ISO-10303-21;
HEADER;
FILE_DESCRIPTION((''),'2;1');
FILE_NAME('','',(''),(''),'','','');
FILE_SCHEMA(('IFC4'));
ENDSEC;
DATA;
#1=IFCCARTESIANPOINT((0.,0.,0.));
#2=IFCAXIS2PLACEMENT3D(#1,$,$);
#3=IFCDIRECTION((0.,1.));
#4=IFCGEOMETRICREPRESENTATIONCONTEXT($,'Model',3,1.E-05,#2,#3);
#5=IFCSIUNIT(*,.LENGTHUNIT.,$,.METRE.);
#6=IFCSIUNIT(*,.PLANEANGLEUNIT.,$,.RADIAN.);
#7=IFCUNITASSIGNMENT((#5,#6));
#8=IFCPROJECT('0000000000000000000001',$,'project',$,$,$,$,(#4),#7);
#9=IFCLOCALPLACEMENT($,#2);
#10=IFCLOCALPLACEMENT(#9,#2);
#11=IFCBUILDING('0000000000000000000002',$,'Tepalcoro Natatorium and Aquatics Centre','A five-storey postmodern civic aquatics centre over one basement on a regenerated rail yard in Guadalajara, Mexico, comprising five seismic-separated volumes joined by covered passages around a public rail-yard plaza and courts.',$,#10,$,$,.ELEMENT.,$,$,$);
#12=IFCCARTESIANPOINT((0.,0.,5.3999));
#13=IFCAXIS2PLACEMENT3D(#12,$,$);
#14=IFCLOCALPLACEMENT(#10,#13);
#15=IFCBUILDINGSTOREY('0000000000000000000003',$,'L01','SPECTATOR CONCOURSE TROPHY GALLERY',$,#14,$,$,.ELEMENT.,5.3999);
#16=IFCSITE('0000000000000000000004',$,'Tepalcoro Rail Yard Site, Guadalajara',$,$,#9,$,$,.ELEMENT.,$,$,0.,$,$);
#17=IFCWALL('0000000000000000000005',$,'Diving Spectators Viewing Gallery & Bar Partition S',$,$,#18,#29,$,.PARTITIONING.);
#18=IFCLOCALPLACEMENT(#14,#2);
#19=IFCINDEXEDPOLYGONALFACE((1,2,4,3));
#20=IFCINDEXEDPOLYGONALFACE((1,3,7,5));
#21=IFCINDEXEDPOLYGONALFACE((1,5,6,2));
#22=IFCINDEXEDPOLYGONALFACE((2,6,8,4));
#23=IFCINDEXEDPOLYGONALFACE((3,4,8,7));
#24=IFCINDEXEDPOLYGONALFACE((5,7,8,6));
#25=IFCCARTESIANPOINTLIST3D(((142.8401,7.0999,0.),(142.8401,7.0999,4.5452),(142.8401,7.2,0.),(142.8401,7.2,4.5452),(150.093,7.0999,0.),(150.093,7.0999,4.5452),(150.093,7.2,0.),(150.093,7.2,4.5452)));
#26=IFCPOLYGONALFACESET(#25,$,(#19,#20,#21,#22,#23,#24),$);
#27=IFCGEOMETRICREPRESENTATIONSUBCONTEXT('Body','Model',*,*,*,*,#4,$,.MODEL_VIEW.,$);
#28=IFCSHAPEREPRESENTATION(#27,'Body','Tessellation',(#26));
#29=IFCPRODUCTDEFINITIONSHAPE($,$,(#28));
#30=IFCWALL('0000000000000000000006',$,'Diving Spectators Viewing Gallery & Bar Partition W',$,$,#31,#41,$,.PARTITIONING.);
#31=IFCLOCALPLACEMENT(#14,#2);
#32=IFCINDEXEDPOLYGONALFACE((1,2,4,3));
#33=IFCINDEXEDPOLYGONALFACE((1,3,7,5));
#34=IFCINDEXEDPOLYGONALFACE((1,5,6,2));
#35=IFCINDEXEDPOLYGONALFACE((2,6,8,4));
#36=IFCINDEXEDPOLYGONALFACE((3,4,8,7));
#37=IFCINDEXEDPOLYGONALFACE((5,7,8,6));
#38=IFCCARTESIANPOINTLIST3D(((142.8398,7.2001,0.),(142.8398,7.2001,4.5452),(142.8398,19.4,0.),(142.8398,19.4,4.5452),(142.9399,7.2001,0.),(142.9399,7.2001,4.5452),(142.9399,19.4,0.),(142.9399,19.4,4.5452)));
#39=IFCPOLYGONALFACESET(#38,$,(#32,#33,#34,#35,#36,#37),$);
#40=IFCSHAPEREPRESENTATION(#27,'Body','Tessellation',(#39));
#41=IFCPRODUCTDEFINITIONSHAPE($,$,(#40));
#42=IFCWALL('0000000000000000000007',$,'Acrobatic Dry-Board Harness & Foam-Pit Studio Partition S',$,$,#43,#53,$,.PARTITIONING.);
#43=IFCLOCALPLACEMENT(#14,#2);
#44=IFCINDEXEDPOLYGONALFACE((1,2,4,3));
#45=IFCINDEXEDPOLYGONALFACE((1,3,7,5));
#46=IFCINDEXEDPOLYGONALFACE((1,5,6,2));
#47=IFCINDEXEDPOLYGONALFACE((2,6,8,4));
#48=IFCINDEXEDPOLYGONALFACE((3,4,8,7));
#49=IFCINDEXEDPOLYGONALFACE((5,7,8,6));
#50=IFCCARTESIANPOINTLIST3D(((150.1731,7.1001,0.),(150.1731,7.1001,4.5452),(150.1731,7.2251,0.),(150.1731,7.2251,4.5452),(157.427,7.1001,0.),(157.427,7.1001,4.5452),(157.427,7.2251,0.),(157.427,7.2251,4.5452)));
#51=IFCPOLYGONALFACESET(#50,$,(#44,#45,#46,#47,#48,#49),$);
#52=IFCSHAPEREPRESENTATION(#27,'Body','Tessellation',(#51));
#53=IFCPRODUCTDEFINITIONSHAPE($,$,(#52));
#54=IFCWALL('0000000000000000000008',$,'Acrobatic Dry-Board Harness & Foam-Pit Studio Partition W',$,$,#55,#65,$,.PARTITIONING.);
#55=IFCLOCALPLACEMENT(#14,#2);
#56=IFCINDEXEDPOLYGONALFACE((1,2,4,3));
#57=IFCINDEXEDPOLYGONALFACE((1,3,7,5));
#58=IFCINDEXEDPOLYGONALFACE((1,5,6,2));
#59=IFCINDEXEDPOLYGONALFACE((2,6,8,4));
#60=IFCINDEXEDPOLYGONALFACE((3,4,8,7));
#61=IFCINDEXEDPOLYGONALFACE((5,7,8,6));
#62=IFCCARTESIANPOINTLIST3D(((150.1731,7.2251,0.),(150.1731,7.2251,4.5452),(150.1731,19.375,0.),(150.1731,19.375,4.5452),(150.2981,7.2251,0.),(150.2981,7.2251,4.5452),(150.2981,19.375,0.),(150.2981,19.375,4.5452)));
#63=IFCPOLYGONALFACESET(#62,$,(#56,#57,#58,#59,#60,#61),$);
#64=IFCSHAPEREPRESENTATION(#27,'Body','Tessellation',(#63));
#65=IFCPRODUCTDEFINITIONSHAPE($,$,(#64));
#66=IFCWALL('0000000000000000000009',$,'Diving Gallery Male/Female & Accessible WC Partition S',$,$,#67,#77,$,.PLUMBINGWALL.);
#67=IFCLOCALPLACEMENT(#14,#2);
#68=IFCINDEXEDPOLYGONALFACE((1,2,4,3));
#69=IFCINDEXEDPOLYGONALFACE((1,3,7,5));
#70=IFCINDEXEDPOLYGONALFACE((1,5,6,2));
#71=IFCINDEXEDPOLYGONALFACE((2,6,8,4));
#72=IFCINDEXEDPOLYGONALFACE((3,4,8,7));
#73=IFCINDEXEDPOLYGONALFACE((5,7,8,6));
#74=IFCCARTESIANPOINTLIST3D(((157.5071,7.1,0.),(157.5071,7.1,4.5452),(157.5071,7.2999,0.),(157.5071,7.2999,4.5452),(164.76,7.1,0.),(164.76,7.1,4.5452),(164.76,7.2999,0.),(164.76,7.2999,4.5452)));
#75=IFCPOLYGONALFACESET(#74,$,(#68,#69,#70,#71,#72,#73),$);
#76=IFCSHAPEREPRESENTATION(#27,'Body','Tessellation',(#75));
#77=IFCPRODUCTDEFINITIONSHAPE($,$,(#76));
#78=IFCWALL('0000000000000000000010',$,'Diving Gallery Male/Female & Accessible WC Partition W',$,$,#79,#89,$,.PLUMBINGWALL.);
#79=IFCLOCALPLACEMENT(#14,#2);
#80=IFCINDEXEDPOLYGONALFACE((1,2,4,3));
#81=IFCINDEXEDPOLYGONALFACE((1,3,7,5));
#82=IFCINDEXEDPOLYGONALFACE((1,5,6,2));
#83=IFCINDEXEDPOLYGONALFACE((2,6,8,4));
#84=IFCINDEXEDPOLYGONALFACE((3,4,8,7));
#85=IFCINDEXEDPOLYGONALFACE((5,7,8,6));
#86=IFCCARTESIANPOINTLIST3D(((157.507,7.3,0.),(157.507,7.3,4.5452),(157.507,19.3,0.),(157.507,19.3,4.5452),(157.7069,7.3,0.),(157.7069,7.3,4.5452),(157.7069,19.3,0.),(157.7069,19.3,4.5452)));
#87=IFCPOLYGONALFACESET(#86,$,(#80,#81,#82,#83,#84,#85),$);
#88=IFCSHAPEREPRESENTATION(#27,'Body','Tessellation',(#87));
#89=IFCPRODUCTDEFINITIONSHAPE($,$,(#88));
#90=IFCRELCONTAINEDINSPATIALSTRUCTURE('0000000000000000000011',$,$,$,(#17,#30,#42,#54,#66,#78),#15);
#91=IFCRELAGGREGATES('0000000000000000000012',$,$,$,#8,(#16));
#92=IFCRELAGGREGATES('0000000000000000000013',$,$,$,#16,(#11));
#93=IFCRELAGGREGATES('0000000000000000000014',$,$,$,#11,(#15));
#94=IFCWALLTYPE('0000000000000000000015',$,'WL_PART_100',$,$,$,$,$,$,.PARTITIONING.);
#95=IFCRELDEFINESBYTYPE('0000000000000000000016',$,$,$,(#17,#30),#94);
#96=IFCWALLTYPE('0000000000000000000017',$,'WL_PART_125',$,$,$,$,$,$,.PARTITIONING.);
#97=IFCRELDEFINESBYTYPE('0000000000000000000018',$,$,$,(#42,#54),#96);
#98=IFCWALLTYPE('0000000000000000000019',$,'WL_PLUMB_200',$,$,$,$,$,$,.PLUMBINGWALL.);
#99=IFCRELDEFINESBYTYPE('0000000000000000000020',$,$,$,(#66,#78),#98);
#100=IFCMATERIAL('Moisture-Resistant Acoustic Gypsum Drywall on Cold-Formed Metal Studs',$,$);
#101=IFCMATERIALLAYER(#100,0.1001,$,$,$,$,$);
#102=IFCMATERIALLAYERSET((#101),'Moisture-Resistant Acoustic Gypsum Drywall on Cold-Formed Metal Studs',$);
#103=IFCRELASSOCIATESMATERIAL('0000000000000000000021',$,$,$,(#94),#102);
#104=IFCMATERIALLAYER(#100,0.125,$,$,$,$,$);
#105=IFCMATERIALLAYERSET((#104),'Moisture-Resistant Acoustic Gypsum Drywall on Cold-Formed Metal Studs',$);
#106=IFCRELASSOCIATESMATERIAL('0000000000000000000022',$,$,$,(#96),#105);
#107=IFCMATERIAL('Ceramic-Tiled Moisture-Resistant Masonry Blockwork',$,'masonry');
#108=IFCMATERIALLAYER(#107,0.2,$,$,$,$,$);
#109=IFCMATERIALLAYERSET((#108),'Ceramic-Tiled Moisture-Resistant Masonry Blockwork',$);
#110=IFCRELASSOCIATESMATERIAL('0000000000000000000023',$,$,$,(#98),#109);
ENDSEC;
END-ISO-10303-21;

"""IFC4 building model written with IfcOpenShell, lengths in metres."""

from ifc_helpers import new_model, si_unit, direction, frame, frame_2d, origin, place, context, subcontext, project, spatial, rectangle, extrude, material, layer, layer_set, type_object, element, save


model = new_model("IFC4")

# Units and contexts
model_context = context("Model", 3, precision=1e-05, world=origin(), true_north=direction((0.0, 1.0)))
body_context = subcontext(model_context, "Body", "Model", "MODEL_VIEW")
ifc_project = project(units=[si_unit("LENGTHUNIT", "METRE"), si_unit("PLANEANGLEUNIT", "RADIAN")], contexts=[model_context])

# Site, building, storey
site_placement = place(None, origin())
site = spatial("IfcSite", under=ifc_project, at=site_placement, Name="Tepalcoro Rail Yard Site, Guadalajara", CompositionType="ELEMENT", RefElevation=0.0)
building_placement = place(site_placement, origin())
building = spatial("IfcBuilding", under=site, at=building_placement, Name="Tepalcoro Natatorium and Aquatics Centre", Description="A five-storey postmodern civic aquatics centre over one basement on a regenerated rail yard in Guadalajara, Mexico, comprising five seismic-separated volumes joined by covered passages around a public rail-yard plaza and courts.", CompositionType="ELEMENT")
storey_placement = place(building_placement, frame((0.0, 0.0, 5.3999)))
storey = spatial("IfcBuildingStorey", under=building, at=storey_placement, Name="L01", Description="SPECTATOR CONCOURSE TROPHY GALLERY", CompositionType="ELEMENT", Elevation=5.3999)

# Walls
ifc_material_1 = material(Name="Moisture-Resistant Acoustic Gypsum Drywall on Cold-Formed Metal Studs")
ifc_layer_1 = layer(ifc_material_1, 0.1001)
ifc_layer_set_1 = layer_set([ifc_layer_1], Name="Moisture-Resistant Acoustic Gypsum Drywall on Cold-Formed Metal Studs")
wall_type_1 = type_object("IfcWallType", Name="WL_PART_100", PredefinedType="PARTITIONING", material=ifc_layer_set_1)
wall_1_placement = place(storey_placement, frame((142.8401, 7.1499, 0.0), z_axis=(0.0, 0.0, 1.0), x_axis=(1.0, 0.0, 0.0)))
element("IfcWall", 1, at=wall_1_placement, inside=storey, type_object=wall_type_1, Name="Diving Spectators Viewing Gallery & Bar Partition S", PredefinedType="PARTITIONING", context=body_context, shape_type="SweptSolid", body=[
    extrude(rectangle(XDim=7.2529, YDim=0.1001, at=frame_2d((3.6265, 0.0))), origin(), (0.0, 0.0, 1.0), 4.5452),
])
wall_2_placement = place(storey_placement, frame((142.8899, 7.2, 0.0), z_axis=(0.0, 0.0, 1.0), x_axis=(0.0, 1.0, 0.0)))
element("IfcWall", 2, at=wall_2_placement, inside=storey, type_object=wall_type_1, Name="Diving Spectators Viewing Gallery & Bar Partition W", PredefinedType="PARTITIONING", context=body_context, shape_type="SweptSolid", body=[
    extrude(rectangle(XDim=12.2, YDim=0.1001, at=frame_2d((6.1001, 0.0))), origin(), (0.0, 0.0, 1.0), 4.5452),
])
ifc_layer_2 = layer(ifc_material_1, 0.125)
ifc_layer_set_2 = layer_set([ifc_layer_2], Name="Moisture-Resistant Acoustic Gypsum Drywall on Cold-Formed Metal Studs")
wall_type_2 = type_object("IfcWallType", Name="WL_PART_125", PredefinedType="PARTITIONING", material=ifc_layer_set_2)
wall_3_placement = place(storey_placement, frame((150.1731, 7.1626, 0.0), z_axis=(0.0, 0.0, 1.0), x_axis=(1.0, 0.0, 0.0)))
element("IfcWall", 3, at=wall_3_placement, inside=storey, type_object=wall_type_2, Name="Acrobatic Dry-Board Harness & Foam-Pit Studio Partition S", PredefinedType="PARTITIONING", context=body_context, shape_type="SweptSolid", body=[
    extrude(rectangle(XDim=7.2539, YDim=0.125, at=frame_2d((3.627, 0.0))), origin(), (0.0, 0.0, 1.0), 4.5452),
])
wall_4_placement = place(storey_placement, frame((150.2356, 7.2251, 0.0), z_axis=(0.0, 0.0, 1.0), x_axis=(0.0, 1.0, 0.0)))
element("IfcWall", 4, at=wall_4_placement, inside=storey, type_object=wall_type_2, Name="Acrobatic Dry-Board Harness & Foam-Pit Studio Partition W", PredefinedType="PARTITIONING", context=body_context, shape_type="SweptSolid", body=[
    extrude(rectangle(XDim=12.1499, YDim=0.125, at=frame_2d((6.075, 0.0))), origin(), (0.0, 0.0, 1.0), 4.5452),
])
ifc_material_2 = material(Name="Ceramic-Tiled Moisture-Resistant Masonry Blockwork", Category="masonry")
ifc_layer_3 = layer(ifc_material_2, 0.2)
ifc_layer_set_3 = layer_set([ifc_layer_3], Name="Ceramic-Tiled Moisture-Resistant Masonry Blockwork")
wall_type_3 = type_object("IfcWallType", Name="WL_PLUMB_200", PredefinedType="PLUMBINGWALL", material=ifc_layer_set_3)
wall_5_placement = place(storey_placement, frame((157.5071, 7.2, 0.0), z_axis=(0.0, 0.0, 1.0), x_axis=(1.0, 0.0, 0.0)))
element("IfcWall", 5, at=wall_5_placement, inside=storey, type_object=wall_type_3, Name="Diving Gallery Male/Female & Accessible WC Partition S", PredefinedType="PLUMBINGWALL", context=body_context, shape_type="SweptSolid", body=[
    extrude(rectangle(XDim=7.2529, YDim=0.2, at=frame_2d((3.6265, 0.0))), origin(), (0.0, 0.0, 1.0), 4.5452),
])
wall_6_placement = place(storey_placement, frame((157.6069, 7.3, 0.0), z_axis=(0.0, 0.0, 1.0), x_axis=(0.0, 1.0, 0.0)))
element("IfcWall", 6, at=wall_6_placement, inside=storey, type_object=wall_type_3, Name="Diving Gallery Male/Female & Accessible WC Partition W", PredefinedType="PLUMBINGWALL", context=body_context, shape_type="SweptSolid", body=[
    extrude(rectangle(XDim=12.0, YDim=0.2, at=frame_2d((6.0, 0.0))), origin(), (0.0, 0.0, 1.0), 4.5452),
])

save(model, "model.ifc")
